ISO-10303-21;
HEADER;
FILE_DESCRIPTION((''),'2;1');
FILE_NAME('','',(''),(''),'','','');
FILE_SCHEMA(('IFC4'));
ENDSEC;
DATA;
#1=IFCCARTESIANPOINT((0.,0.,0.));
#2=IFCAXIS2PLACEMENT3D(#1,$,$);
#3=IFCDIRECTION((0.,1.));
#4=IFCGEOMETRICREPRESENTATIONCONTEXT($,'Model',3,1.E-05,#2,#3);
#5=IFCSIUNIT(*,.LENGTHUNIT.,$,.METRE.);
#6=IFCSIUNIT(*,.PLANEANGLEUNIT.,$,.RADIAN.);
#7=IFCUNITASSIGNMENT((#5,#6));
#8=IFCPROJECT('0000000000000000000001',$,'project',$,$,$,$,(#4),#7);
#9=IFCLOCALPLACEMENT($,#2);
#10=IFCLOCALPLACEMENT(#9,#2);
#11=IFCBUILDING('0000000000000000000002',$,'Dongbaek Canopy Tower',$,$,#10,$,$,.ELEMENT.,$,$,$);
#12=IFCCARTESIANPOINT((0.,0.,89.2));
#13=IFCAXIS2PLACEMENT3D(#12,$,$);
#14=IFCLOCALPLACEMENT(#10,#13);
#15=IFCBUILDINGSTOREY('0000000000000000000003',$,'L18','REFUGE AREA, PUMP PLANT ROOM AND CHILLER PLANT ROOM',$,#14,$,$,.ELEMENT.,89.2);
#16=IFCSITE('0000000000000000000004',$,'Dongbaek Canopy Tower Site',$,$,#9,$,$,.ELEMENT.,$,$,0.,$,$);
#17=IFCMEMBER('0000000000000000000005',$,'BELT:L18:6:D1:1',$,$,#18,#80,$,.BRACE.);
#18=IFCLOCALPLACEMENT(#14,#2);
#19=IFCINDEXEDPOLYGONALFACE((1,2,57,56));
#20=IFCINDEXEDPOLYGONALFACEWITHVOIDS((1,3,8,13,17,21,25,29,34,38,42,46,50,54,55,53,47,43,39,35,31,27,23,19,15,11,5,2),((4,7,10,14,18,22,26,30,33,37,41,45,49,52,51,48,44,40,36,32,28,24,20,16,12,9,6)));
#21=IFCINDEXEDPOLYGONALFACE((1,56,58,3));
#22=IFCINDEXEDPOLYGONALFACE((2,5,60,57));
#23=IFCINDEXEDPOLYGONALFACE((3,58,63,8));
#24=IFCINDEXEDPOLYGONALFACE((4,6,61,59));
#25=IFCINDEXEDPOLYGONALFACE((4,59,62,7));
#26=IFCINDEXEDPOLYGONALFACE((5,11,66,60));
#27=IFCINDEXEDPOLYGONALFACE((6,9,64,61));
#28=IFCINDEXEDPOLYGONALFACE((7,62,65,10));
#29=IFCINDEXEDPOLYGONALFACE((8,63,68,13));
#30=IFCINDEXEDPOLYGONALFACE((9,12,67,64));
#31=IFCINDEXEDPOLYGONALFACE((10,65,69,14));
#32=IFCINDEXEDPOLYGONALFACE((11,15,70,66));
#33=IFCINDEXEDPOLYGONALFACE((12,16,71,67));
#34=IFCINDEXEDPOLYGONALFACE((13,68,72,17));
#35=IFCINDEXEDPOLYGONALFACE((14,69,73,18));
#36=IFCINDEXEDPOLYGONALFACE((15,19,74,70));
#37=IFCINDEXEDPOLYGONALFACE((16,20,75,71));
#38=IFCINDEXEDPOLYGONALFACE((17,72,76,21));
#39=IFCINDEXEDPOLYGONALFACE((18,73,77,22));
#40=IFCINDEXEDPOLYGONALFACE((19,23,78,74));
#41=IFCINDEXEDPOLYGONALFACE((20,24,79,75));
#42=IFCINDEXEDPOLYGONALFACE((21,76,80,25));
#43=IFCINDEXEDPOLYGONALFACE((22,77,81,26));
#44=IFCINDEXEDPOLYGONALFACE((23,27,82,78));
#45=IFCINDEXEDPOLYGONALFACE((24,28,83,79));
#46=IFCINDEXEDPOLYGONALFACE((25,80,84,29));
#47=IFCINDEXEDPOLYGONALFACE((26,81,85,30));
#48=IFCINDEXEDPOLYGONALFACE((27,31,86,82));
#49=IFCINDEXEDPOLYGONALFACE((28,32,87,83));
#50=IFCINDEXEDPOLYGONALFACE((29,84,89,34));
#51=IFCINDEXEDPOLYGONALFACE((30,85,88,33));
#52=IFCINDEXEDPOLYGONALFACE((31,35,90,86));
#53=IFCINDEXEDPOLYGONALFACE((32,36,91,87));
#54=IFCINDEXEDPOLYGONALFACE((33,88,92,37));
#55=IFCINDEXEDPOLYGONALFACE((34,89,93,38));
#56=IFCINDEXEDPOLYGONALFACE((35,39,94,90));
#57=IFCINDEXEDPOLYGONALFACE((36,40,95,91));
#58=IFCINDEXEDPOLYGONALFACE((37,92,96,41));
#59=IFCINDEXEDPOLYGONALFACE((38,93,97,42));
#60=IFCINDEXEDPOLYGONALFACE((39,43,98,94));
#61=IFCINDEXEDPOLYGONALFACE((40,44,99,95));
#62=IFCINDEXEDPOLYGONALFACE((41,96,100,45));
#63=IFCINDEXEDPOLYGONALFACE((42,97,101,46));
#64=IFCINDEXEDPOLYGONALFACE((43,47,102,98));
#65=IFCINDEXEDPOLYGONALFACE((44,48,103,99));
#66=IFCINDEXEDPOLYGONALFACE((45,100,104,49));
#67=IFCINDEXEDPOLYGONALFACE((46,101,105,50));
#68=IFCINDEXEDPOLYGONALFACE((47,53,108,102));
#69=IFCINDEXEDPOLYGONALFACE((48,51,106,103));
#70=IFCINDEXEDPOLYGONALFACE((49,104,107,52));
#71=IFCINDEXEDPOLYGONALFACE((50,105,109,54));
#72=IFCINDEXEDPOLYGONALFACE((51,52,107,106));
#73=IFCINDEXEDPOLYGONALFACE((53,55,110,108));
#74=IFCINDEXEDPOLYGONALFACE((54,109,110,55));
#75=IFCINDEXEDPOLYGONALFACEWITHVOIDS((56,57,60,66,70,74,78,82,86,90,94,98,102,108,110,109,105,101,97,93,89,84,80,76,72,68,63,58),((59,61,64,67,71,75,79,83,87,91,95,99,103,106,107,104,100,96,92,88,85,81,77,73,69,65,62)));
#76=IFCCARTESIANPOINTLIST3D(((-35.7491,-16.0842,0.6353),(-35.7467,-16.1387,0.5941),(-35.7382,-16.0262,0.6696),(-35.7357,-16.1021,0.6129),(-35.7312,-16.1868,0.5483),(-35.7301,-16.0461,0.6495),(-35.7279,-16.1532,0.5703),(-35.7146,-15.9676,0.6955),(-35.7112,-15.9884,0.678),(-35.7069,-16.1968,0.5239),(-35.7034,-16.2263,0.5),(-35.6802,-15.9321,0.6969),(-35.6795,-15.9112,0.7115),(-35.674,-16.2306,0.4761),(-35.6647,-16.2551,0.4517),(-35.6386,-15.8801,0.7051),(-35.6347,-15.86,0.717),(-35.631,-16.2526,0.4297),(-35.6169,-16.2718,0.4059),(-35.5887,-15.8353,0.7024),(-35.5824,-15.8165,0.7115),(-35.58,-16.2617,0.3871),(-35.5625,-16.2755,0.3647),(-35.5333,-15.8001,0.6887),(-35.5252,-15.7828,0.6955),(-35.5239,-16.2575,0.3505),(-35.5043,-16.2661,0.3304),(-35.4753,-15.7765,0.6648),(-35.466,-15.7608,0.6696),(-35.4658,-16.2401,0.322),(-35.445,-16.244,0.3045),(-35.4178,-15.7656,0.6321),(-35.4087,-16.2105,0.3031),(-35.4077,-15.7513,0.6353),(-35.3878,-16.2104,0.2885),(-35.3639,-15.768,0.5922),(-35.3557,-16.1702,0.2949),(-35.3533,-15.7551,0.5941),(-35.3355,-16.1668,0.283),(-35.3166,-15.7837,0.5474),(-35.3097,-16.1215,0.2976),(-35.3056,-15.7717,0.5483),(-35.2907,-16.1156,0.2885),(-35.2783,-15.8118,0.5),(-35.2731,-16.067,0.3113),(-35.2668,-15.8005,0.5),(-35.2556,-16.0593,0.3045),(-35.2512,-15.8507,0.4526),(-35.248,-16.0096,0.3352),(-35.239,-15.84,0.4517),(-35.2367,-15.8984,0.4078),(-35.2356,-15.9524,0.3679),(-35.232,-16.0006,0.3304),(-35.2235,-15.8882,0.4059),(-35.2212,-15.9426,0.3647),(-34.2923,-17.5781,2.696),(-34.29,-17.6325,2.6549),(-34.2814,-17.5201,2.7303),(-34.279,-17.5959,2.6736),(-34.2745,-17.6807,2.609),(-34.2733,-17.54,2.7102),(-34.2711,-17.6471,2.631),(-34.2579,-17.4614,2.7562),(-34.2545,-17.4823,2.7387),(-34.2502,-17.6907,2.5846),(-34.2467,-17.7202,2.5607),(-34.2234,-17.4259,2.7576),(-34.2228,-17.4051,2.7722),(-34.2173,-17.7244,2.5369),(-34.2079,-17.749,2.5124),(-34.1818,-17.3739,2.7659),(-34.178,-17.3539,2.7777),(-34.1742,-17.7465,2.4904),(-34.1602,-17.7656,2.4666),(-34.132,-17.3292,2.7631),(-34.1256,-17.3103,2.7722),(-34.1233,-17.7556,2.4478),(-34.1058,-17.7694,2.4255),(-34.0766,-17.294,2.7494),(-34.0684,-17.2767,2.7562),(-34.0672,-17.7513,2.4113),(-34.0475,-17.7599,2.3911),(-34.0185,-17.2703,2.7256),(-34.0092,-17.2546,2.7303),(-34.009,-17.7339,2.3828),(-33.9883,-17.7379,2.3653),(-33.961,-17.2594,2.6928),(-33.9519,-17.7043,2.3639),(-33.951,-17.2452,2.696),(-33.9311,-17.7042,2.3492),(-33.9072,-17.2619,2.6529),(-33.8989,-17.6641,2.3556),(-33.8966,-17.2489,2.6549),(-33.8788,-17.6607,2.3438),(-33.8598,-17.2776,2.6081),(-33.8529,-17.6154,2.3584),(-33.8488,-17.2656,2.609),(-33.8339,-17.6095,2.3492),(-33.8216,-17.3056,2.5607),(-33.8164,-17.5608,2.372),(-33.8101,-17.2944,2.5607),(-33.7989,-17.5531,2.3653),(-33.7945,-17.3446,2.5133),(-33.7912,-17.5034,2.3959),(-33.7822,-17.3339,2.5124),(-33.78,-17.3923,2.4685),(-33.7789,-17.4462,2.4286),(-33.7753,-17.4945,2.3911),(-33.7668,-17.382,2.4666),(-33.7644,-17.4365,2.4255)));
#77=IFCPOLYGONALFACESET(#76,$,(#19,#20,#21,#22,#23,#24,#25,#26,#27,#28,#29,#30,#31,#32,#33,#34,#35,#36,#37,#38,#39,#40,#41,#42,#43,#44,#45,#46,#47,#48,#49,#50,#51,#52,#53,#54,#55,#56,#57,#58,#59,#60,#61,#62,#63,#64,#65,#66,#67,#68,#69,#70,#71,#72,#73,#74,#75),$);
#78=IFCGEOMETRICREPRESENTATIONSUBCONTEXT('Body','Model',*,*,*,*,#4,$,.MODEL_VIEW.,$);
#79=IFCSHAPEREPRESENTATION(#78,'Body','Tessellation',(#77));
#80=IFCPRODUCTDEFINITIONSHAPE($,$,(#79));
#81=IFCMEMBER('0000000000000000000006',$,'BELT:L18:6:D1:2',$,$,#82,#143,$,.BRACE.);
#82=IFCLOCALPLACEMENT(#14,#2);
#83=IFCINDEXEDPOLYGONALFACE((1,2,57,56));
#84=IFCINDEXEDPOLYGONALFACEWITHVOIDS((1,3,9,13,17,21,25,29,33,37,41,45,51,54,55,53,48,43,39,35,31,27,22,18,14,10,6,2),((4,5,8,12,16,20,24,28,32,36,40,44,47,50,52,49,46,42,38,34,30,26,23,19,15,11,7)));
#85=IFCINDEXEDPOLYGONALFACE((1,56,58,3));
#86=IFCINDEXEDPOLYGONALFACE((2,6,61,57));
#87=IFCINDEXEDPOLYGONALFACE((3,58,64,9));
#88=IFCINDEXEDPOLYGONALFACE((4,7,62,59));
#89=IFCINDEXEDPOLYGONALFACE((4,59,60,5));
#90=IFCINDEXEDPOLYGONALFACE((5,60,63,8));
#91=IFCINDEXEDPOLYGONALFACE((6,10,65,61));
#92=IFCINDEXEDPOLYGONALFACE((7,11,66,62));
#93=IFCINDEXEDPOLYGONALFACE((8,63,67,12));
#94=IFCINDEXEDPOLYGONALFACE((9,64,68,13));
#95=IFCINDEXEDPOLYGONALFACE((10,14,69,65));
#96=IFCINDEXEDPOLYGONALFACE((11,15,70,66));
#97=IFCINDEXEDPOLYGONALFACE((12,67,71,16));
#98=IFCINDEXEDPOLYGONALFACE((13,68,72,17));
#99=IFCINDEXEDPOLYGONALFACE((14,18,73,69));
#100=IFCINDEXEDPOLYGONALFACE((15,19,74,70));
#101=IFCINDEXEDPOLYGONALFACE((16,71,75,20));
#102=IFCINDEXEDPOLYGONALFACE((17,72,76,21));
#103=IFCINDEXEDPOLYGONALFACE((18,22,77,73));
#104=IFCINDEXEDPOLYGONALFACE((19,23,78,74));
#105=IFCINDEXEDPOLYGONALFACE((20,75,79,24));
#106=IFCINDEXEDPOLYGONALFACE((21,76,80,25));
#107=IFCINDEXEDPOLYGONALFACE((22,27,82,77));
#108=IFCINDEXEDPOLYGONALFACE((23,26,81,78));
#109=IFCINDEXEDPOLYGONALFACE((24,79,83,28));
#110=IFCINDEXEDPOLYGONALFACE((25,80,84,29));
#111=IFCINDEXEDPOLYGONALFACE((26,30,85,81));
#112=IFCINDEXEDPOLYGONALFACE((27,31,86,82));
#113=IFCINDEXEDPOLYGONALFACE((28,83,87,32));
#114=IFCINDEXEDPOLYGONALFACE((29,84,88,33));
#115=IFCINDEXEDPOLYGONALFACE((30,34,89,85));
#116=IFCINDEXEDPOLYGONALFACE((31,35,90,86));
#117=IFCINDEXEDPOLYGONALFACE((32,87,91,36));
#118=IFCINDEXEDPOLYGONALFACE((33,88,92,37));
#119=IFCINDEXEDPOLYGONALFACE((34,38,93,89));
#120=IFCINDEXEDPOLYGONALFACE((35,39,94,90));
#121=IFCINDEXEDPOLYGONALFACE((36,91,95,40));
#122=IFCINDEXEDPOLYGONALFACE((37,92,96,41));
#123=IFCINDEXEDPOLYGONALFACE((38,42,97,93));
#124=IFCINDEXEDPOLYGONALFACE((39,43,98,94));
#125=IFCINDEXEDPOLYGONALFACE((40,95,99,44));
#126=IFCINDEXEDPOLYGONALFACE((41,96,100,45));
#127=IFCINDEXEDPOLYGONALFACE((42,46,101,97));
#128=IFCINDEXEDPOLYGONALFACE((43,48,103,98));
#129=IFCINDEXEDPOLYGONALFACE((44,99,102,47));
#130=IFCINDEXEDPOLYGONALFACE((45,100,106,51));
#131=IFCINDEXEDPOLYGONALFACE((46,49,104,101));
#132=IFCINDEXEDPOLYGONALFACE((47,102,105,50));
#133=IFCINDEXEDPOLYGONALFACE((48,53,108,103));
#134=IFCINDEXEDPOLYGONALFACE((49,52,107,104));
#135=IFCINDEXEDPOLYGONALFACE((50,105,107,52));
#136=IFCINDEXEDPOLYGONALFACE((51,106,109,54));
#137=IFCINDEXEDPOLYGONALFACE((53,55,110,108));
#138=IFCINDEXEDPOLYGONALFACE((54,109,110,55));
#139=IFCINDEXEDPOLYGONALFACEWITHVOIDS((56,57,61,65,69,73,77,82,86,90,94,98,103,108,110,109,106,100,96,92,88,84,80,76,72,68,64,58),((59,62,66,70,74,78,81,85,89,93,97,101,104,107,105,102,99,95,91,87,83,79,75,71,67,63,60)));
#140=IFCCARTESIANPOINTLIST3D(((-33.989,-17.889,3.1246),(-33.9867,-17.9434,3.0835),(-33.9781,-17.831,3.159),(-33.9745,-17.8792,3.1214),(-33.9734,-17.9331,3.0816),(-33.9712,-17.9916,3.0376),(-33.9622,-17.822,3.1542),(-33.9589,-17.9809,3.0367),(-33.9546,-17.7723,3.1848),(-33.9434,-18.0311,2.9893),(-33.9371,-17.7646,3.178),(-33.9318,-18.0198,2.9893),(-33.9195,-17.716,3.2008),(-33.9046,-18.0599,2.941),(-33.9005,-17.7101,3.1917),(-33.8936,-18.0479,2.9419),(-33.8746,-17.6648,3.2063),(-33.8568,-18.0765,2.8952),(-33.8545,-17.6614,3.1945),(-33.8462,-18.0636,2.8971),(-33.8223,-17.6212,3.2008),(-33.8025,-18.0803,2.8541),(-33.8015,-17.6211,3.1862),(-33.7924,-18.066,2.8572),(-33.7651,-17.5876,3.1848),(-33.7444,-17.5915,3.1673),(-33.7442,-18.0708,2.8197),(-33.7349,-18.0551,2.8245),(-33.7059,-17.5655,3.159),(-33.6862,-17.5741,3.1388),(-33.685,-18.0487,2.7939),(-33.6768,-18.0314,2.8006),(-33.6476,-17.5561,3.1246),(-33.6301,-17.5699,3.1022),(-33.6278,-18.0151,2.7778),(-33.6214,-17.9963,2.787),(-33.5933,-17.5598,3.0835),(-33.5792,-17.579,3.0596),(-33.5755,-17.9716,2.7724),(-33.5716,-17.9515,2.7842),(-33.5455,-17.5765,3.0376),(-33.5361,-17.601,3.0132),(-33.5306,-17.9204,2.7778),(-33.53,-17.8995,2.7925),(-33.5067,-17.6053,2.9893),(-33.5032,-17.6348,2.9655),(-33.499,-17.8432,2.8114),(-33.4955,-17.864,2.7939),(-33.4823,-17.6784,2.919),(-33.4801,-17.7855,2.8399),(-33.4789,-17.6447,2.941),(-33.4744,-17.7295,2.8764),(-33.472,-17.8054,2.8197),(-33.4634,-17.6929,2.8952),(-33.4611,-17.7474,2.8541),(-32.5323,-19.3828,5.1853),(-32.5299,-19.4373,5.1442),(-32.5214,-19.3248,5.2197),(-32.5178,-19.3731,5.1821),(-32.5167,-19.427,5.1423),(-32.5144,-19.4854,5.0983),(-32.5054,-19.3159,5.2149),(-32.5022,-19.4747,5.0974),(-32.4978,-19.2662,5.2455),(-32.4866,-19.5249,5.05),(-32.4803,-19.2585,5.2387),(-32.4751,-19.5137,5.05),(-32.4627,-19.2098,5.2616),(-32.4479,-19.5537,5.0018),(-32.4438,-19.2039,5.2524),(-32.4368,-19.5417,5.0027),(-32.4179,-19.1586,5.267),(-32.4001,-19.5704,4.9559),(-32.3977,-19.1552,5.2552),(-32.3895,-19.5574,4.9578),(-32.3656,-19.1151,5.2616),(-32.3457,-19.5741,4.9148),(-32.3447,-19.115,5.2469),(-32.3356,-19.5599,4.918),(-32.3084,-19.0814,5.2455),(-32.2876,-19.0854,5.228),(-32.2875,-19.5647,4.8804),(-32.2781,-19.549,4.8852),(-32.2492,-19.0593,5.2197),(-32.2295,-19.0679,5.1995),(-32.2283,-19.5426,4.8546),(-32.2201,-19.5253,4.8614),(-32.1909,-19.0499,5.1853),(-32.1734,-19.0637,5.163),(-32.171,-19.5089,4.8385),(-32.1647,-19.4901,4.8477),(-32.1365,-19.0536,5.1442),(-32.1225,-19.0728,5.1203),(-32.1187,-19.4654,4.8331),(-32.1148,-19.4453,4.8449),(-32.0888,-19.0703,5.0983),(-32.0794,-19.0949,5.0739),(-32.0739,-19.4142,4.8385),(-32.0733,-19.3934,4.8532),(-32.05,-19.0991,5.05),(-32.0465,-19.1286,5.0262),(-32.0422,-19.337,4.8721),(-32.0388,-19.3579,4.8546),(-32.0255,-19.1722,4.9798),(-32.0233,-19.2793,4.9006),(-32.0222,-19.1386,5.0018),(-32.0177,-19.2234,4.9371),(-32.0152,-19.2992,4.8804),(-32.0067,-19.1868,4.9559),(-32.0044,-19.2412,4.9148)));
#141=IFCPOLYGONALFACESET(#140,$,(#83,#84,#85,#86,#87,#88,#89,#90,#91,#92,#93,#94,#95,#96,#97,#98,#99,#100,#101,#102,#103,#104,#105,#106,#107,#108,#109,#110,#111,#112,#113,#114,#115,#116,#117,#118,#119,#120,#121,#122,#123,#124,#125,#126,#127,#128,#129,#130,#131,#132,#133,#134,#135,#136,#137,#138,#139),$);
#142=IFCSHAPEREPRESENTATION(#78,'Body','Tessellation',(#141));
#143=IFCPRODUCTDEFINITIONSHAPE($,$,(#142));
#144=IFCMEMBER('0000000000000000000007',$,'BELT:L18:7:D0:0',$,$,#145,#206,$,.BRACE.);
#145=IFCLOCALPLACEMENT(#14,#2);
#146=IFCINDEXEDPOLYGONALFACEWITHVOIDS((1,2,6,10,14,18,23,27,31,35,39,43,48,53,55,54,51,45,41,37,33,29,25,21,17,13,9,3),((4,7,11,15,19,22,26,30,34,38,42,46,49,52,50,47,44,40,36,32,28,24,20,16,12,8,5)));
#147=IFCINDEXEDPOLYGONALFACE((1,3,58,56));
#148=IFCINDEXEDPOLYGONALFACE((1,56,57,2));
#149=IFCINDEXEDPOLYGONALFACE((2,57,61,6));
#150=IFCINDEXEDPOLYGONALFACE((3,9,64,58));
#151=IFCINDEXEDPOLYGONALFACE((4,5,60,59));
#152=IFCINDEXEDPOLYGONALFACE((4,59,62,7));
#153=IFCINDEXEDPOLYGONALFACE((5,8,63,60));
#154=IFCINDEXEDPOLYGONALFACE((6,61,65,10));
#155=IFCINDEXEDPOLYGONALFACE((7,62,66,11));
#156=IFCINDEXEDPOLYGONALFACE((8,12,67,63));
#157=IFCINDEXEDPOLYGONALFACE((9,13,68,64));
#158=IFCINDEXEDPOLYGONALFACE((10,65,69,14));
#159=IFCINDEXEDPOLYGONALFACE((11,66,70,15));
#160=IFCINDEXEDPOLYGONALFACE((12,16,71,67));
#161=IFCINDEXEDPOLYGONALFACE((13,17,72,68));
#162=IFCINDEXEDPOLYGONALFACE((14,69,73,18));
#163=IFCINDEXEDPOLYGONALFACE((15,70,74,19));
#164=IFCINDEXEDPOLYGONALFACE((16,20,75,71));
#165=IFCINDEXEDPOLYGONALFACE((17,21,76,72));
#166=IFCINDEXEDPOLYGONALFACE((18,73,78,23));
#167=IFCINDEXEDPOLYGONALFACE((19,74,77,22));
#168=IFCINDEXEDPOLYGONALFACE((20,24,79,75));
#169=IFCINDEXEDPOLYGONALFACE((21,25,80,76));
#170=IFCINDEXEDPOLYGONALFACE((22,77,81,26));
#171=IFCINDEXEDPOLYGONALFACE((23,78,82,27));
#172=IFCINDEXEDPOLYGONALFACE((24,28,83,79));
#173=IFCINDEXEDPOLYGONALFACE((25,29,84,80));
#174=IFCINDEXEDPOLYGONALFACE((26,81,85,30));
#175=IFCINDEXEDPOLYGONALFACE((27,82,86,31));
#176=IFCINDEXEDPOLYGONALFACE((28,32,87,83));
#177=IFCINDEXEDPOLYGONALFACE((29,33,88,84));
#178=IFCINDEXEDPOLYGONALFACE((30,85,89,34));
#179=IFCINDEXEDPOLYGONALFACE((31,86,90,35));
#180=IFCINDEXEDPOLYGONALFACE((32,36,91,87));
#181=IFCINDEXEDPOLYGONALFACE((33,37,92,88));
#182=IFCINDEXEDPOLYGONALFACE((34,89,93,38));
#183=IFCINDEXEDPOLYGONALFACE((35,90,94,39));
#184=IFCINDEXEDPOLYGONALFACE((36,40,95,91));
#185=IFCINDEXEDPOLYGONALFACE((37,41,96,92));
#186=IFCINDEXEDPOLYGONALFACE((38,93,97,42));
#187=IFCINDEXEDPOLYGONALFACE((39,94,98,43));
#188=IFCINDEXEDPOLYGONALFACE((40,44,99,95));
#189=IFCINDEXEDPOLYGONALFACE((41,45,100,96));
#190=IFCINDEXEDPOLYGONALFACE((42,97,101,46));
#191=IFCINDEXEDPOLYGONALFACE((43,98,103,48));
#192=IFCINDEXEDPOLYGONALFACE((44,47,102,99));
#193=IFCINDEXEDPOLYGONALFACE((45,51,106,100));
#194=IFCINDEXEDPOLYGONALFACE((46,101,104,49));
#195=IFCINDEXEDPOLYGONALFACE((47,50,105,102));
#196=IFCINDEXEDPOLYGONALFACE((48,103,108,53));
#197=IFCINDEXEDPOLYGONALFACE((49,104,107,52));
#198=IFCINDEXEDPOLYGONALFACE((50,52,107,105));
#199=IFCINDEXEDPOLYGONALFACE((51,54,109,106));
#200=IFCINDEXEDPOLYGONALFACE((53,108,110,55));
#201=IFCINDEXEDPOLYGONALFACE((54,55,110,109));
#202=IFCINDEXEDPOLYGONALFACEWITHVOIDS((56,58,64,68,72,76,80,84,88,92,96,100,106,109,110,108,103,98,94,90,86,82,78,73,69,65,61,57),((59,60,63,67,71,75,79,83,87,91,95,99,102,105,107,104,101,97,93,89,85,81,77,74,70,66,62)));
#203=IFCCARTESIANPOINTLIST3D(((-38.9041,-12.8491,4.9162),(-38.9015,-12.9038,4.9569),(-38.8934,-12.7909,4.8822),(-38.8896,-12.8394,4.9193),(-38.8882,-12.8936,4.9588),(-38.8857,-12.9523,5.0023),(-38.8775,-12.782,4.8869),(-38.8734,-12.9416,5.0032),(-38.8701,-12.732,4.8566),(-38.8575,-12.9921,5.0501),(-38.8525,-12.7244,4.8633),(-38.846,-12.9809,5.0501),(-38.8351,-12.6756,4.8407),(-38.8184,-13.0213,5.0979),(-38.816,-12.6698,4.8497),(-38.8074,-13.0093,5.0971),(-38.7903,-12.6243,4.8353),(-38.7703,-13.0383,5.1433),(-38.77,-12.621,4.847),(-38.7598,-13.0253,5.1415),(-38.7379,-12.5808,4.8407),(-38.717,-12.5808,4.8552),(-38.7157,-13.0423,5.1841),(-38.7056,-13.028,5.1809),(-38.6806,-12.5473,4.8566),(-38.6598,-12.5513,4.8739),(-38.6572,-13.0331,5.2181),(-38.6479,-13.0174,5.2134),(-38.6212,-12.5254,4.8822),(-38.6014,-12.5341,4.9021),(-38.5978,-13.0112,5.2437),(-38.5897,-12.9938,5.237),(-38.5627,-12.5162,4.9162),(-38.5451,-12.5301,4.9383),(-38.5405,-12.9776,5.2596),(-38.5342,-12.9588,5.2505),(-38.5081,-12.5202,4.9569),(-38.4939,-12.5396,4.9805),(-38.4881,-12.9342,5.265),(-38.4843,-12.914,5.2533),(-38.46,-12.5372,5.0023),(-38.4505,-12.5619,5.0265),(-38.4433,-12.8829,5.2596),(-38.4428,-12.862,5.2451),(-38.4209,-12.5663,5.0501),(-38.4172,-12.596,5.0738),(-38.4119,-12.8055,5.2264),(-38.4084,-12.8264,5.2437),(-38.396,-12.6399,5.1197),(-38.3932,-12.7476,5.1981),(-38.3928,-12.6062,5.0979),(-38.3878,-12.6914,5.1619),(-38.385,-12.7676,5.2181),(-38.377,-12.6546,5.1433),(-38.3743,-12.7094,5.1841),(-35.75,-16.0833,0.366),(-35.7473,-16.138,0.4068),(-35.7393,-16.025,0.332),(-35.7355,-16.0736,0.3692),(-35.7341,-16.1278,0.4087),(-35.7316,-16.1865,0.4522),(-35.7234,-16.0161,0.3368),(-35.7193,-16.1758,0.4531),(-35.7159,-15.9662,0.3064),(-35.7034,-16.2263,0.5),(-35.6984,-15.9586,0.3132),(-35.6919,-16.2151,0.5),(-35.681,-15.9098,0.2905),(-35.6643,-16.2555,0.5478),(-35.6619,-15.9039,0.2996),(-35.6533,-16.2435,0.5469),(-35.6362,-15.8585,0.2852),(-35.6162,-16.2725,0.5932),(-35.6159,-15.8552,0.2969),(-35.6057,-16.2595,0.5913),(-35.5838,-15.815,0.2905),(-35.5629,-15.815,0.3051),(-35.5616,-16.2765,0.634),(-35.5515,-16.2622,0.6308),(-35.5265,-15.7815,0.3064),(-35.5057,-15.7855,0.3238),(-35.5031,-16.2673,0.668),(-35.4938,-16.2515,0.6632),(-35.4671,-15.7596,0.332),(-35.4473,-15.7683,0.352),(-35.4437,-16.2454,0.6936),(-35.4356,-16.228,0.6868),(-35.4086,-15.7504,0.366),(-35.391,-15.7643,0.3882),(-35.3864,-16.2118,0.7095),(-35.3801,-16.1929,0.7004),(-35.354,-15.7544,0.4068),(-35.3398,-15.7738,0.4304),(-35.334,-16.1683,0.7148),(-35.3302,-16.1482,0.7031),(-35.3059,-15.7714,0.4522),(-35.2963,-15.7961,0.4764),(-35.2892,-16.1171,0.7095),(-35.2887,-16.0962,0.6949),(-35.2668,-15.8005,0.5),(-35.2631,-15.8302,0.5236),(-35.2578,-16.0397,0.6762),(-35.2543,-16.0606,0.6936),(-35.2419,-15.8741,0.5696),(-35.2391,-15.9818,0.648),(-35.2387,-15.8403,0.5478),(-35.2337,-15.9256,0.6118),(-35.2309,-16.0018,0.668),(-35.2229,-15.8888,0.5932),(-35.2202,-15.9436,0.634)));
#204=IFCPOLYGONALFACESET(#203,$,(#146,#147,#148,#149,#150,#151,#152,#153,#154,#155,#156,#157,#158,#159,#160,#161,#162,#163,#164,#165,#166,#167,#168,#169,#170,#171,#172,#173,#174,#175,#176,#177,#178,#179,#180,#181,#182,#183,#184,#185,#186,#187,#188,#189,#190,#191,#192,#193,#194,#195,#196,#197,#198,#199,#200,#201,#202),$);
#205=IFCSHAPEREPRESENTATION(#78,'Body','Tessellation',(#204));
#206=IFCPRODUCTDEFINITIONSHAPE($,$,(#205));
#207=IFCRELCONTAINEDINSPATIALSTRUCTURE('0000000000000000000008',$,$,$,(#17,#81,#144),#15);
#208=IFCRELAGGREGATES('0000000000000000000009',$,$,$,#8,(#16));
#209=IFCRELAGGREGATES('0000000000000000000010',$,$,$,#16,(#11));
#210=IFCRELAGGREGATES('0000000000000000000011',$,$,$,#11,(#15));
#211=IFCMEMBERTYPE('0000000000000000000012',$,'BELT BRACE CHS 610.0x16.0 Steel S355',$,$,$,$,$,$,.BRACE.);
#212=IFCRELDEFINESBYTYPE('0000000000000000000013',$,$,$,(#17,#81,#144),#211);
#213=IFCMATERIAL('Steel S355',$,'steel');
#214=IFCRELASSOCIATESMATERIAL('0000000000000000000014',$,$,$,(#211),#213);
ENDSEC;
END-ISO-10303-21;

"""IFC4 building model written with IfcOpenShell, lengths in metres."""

from ifc_helpers import new_model, si_unit, direction, frame, origin, origin_2d, place, context, subcontext, project, spatial, hollow_circle, extrude, material, material_profile, profile_set, type_object, element, save


model = new_model("IFC4")

# Units and contexts
model_context = context("Model", 3, precision=1e-05, world=origin(), true_north=direction((0.0, 1.0)))
body_context = subcontext(model_context, "Body", "Model", "MODEL_VIEW")
ifc_project = project(units=[si_unit("LENGTHUNIT", "METRE"), si_unit("PLANEANGLEUNIT", "RADIAN")], contexts=[model_context])

# Site, building, storey
site_placement = place(None, origin())
site = spatial("IfcSite", under=ifc_project, at=site_placement, Name="Dongbaek Canopy Tower Site", CompositionType="ELEMENT", RefElevation=0.0)
building_placement = place(site_placement, origin())
building = spatial("IfcBuilding", under=site, at=building_placement, Name="Dongbaek Canopy Tower", CompositionType="ELEMENT")
storey_placement = place(building_placement, frame((0.0, 0.0, 89.2)))
storey = spatial("IfcBuildingStorey", under=building, at=storey_placement, Name="L18", Description="REFUGE AREA, PUMP PLANT ROOM AND CHILLER PLANT ROOM", CompositionType="ELEMENT", Elevation=89.2)

# Members
ifc_material_1 = material(Name="Steel S355", Category="steel")
ifc_material_profile_1 = material_profile(ifc_material_1, hollow_circle(Radius=0.3049, WallThickness=0.0161, at=origin_2d()), Name="BELT BRACE CHS 610.0x16.0 Steel S355")
ifc_profile_set_1 = profile_set([ifc_material_profile_1], Name="Steel S355")
member_type_1 = type_object("IfcMemberType", Name="BELT BRACE CHS 610.0x16.0 Steel S355", PredefinedType="BRACE", material=ifc_profile_set_1)
for number, where, z_axis, x_axis, name in (
    (1, (-35.4851, -16.0134, 0.5), (0.496737, -0.50939, 0.702691), (0.715943, 0.698159, 0.0), "BELT:L18:6:D1:1"),
    (2, (-32.2683, -19.312, 5.05), (-0.496737, 0.50939, -0.702691), (-0.715943, -0.698159, 0.0), "BELT:L18:6:D1:2"),
):
    element("IfcMember", number, at=place(storey_placement, frame(where, z_axis=z_axis, x_axis=x_axis)), inside=storey, type_object=member_type_1, Name=name, PredefinedType="BRACE", context=body_context, shape_type="SweptSolid", body=[
        extrude(hollow_circle(Radius=0.3049, WallThickness=0.0161, at=origin_2d()), origin(), (0.0, 0.0, 1.0), 2.9326),
    ])
member_1_placement = place(storey_placement, frame((-35.4851, -16.0134, 0.5), z_axis=(-0.491917, 0.504407, 0.709642), x_axis=(-0.715914, -0.698188, 0.0)))
element("IfcMember", 3, at=member_1_placement, inside=storey, type_object=member_type_1, Name="BELT:L18:7:D0:0", PredefinedType="BRACE", context=body_context, shape_type="SweptSolid", body=[
    extrude(hollow_circle(Radius=0.3049, WallThickness=0.0161, at=origin_2d()), origin(), (0.0, 0.0, 1.0), 6.4119),
])

save(model, "model.ifc")
